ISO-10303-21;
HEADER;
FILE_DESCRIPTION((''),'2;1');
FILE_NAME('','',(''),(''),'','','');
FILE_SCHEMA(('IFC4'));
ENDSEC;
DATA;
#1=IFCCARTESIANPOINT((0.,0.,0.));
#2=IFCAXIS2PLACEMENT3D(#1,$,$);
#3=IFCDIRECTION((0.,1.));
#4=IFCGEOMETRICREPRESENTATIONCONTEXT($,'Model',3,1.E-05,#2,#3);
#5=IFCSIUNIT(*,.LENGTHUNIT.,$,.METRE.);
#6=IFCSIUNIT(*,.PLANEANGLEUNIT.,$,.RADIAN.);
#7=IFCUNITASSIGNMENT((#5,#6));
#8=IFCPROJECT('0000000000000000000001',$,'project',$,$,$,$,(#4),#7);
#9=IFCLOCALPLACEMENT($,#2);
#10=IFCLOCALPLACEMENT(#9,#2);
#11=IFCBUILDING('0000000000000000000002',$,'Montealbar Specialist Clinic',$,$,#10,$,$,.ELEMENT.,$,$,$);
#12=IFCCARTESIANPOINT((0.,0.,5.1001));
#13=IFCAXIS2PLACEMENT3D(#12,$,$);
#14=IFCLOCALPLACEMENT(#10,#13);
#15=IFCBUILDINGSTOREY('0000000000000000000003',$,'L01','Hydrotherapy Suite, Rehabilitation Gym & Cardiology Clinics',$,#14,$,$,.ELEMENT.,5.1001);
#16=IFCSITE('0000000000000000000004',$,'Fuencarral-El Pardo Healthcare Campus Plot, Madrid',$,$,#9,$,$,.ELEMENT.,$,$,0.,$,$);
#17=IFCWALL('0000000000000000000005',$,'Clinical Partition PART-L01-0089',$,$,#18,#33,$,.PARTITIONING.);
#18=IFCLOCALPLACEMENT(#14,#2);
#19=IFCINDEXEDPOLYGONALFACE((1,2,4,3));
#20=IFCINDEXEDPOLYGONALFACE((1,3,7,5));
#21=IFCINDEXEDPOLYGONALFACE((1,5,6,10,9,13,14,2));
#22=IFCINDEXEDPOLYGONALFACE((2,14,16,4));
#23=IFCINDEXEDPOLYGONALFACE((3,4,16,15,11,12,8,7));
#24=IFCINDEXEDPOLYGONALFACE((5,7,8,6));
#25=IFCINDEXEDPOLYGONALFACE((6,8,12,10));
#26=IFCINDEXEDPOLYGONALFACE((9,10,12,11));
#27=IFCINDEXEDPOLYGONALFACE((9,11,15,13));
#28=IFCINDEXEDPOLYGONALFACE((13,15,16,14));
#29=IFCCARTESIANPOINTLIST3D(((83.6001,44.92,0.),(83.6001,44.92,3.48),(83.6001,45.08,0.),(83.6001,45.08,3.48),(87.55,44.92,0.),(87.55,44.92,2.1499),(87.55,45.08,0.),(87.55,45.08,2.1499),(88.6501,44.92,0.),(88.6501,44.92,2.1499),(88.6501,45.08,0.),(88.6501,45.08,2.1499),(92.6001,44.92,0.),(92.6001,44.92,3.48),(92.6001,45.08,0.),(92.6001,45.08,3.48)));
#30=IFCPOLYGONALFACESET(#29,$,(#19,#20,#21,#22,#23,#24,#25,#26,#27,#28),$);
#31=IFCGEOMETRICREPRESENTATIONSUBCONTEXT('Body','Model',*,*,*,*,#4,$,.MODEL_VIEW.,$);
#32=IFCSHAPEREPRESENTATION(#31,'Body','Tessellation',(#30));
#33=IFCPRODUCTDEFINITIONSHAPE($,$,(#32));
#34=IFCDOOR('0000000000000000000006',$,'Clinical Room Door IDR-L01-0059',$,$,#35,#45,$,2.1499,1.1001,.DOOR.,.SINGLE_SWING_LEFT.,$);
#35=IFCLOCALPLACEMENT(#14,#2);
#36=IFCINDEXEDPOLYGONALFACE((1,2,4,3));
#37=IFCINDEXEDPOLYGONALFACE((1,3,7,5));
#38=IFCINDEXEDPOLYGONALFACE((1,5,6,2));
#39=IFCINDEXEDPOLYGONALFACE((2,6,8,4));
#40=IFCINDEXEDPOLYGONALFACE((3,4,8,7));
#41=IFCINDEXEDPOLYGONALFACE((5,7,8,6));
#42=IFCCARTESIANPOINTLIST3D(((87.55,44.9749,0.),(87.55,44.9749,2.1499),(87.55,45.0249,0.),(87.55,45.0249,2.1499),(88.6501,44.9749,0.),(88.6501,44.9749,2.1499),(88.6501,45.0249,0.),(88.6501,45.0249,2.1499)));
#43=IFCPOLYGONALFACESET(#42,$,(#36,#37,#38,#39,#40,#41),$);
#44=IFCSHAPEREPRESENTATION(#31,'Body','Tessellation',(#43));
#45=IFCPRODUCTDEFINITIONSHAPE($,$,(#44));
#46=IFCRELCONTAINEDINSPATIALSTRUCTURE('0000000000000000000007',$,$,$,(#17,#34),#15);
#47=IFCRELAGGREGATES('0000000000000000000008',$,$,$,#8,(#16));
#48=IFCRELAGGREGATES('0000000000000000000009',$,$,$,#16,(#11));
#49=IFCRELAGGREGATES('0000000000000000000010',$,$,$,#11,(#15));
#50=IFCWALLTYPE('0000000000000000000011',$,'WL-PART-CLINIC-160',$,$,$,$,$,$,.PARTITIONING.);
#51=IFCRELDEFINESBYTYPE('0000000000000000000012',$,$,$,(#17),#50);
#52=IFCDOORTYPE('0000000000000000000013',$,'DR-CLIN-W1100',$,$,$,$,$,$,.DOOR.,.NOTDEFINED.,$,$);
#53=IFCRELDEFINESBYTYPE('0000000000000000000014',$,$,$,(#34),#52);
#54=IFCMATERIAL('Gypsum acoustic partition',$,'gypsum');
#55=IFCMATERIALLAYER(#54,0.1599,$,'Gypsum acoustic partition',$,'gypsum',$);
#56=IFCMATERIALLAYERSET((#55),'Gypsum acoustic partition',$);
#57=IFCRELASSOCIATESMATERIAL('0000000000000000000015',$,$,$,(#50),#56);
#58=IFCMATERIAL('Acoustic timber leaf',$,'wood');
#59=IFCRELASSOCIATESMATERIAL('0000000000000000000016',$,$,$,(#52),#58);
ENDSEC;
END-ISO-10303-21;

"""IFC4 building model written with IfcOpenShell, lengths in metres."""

from ifc_helpers import new_model, si_unit, direction, frame, frame_2d, origin, place, context, subcontext, project, spatial, rectangle, extrude, material, layer, layer_set, type_object, element, fill, save


model = new_model("IFC4")

# Units and contexts
model_context = context("Model", 3, precision=1e-05, world=origin(), true_north=direction((0.0, 1.0)))
body_context = subcontext(model_context, "Body", "Model", "MODEL_VIEW")
ifc_project = project(units=[si_unit("LENGTHUNIT", "METRE"), si_unit("PLANEANGLEUNIT", "RADIAN")], contexts=[model_context])

# Site, building, storey
site_placement = place(None, origin())
site = spatial("IfcSite", under=ifc_project, at=site_placement, Name="Fuencarral-El Pardo Healthcare Campus Plot, Madrid", CompositionType="ELEMENT", RefElevation=0.0)
building_placement = place(site_placement, origin())
building = spatial("IfcBuilding", under=site, at=building_placement, Name="Montealbar Specialist Clinic", CompositionType="ELEMENT")
storey_placement = place(building_placement, frame((0.0, 0.0, 5.1001)))
storey = spatial("IfcBuildingStorey", under=building, at=storey_placement, Name="L01", Description="Hydrotherapy Suite, Rehabilitation Gym & Cardiology Clinics", CompositionType="ELEMENT", Elevation=5.1001)

# Shared definitions
ifc_material_1 = material(Name="Gypsum acoustic partition", Category="gypsum")

# Wall, opening, door
ifc_layer_1 = layer(ifc_material_1, 0.1599, Name="Gypsum acoustic partition", Category="gypsum")
ifc_layer_set_1 = layer_set([ifc_layer_1], Name="Gypsum acoustic partition")
wall_type_1 = type_object("IfcWallType", Name="WL-PART-CLINIC-160", PredefinedType="PARTITIONING", material=ifc_layer_set_1)
ifc_material_2 = material(Name="Acoustic timber leaf", Category="wood")
door_type = type_object("IfcDoorType", Name="DR-CLIN-W1100", OperationType="NOTDEFINED", PredefinedType="DOOR", material=ifc_material_2)
wall_1_placement = place(storey_placement, frame((83.6001, 45.0, 0.0), z_axis=(0.0, 0.0, 1.0), x_axis=(1.0, 0.0, 0.0)))
wall_1 = element("IfcWall", 1, at=wall_1_placement, inside=storey, type_object=wall_type_1, Name="Clinical Partition PART-L01-0089", PredefinedType="PARTITIONING", context=body_context, shape_type="SweptSolid", body=[
    extrude(rectangle(XDim=9.0, YDim=0.1599, at=frame_2d((4.5, 0.0))), origin(), (0.0, 0.0, 1.0), 3.48),
])
opening_1_placement = place(wall_1_placement, frame((3.95, 0.0, 0.0)))
opening_1 = element("IfcOpeningElement", 2, at=opening_1_placement, cuts=wall_1, PredefinedType="OPENING", context=body_context, shape_type="SweptSolid", body=[
    extrude(rectangle(XDim=1.1001, YDim=2.1499, at=frame_2d((0.55, 1.075))), frame((0.0, 0.0898, 0.0), z_axis=(0.0, -1.0, 0.0), x_axis=(1.0, 0.0, 0.0)), (0.0, 0.0, 1.0), 0.1799),
])
door_1_placement = place(opening_1_placement, origin())
door_1 = element("IfcDoor", 3, at=door_1_placement, inside=storey, type_object=door_type, Name="Clinical Room Door IDR-L01-0059", OperationType="SINGLE_SWING_LEFT", OverallHeight=2.1499, OverallWidth=1.1001, PredefinedType="DOOR", context=body_context, shape_type="SweptSolid", body=[
    extrude(rectangle(XDim=1.1001, YDim=2.1499, at=frame_2d((0.55, 1.075))), frame((0.0, 0.0249, 0.0), z_axis=(0.0, -1.0, 0.0), x_axis=(1.0, 0.0, 0.0)), (0.0, 0.0, 1.0), 0.05),
])
fill(opening_1, door_1)

save(model, "model.ifc")
